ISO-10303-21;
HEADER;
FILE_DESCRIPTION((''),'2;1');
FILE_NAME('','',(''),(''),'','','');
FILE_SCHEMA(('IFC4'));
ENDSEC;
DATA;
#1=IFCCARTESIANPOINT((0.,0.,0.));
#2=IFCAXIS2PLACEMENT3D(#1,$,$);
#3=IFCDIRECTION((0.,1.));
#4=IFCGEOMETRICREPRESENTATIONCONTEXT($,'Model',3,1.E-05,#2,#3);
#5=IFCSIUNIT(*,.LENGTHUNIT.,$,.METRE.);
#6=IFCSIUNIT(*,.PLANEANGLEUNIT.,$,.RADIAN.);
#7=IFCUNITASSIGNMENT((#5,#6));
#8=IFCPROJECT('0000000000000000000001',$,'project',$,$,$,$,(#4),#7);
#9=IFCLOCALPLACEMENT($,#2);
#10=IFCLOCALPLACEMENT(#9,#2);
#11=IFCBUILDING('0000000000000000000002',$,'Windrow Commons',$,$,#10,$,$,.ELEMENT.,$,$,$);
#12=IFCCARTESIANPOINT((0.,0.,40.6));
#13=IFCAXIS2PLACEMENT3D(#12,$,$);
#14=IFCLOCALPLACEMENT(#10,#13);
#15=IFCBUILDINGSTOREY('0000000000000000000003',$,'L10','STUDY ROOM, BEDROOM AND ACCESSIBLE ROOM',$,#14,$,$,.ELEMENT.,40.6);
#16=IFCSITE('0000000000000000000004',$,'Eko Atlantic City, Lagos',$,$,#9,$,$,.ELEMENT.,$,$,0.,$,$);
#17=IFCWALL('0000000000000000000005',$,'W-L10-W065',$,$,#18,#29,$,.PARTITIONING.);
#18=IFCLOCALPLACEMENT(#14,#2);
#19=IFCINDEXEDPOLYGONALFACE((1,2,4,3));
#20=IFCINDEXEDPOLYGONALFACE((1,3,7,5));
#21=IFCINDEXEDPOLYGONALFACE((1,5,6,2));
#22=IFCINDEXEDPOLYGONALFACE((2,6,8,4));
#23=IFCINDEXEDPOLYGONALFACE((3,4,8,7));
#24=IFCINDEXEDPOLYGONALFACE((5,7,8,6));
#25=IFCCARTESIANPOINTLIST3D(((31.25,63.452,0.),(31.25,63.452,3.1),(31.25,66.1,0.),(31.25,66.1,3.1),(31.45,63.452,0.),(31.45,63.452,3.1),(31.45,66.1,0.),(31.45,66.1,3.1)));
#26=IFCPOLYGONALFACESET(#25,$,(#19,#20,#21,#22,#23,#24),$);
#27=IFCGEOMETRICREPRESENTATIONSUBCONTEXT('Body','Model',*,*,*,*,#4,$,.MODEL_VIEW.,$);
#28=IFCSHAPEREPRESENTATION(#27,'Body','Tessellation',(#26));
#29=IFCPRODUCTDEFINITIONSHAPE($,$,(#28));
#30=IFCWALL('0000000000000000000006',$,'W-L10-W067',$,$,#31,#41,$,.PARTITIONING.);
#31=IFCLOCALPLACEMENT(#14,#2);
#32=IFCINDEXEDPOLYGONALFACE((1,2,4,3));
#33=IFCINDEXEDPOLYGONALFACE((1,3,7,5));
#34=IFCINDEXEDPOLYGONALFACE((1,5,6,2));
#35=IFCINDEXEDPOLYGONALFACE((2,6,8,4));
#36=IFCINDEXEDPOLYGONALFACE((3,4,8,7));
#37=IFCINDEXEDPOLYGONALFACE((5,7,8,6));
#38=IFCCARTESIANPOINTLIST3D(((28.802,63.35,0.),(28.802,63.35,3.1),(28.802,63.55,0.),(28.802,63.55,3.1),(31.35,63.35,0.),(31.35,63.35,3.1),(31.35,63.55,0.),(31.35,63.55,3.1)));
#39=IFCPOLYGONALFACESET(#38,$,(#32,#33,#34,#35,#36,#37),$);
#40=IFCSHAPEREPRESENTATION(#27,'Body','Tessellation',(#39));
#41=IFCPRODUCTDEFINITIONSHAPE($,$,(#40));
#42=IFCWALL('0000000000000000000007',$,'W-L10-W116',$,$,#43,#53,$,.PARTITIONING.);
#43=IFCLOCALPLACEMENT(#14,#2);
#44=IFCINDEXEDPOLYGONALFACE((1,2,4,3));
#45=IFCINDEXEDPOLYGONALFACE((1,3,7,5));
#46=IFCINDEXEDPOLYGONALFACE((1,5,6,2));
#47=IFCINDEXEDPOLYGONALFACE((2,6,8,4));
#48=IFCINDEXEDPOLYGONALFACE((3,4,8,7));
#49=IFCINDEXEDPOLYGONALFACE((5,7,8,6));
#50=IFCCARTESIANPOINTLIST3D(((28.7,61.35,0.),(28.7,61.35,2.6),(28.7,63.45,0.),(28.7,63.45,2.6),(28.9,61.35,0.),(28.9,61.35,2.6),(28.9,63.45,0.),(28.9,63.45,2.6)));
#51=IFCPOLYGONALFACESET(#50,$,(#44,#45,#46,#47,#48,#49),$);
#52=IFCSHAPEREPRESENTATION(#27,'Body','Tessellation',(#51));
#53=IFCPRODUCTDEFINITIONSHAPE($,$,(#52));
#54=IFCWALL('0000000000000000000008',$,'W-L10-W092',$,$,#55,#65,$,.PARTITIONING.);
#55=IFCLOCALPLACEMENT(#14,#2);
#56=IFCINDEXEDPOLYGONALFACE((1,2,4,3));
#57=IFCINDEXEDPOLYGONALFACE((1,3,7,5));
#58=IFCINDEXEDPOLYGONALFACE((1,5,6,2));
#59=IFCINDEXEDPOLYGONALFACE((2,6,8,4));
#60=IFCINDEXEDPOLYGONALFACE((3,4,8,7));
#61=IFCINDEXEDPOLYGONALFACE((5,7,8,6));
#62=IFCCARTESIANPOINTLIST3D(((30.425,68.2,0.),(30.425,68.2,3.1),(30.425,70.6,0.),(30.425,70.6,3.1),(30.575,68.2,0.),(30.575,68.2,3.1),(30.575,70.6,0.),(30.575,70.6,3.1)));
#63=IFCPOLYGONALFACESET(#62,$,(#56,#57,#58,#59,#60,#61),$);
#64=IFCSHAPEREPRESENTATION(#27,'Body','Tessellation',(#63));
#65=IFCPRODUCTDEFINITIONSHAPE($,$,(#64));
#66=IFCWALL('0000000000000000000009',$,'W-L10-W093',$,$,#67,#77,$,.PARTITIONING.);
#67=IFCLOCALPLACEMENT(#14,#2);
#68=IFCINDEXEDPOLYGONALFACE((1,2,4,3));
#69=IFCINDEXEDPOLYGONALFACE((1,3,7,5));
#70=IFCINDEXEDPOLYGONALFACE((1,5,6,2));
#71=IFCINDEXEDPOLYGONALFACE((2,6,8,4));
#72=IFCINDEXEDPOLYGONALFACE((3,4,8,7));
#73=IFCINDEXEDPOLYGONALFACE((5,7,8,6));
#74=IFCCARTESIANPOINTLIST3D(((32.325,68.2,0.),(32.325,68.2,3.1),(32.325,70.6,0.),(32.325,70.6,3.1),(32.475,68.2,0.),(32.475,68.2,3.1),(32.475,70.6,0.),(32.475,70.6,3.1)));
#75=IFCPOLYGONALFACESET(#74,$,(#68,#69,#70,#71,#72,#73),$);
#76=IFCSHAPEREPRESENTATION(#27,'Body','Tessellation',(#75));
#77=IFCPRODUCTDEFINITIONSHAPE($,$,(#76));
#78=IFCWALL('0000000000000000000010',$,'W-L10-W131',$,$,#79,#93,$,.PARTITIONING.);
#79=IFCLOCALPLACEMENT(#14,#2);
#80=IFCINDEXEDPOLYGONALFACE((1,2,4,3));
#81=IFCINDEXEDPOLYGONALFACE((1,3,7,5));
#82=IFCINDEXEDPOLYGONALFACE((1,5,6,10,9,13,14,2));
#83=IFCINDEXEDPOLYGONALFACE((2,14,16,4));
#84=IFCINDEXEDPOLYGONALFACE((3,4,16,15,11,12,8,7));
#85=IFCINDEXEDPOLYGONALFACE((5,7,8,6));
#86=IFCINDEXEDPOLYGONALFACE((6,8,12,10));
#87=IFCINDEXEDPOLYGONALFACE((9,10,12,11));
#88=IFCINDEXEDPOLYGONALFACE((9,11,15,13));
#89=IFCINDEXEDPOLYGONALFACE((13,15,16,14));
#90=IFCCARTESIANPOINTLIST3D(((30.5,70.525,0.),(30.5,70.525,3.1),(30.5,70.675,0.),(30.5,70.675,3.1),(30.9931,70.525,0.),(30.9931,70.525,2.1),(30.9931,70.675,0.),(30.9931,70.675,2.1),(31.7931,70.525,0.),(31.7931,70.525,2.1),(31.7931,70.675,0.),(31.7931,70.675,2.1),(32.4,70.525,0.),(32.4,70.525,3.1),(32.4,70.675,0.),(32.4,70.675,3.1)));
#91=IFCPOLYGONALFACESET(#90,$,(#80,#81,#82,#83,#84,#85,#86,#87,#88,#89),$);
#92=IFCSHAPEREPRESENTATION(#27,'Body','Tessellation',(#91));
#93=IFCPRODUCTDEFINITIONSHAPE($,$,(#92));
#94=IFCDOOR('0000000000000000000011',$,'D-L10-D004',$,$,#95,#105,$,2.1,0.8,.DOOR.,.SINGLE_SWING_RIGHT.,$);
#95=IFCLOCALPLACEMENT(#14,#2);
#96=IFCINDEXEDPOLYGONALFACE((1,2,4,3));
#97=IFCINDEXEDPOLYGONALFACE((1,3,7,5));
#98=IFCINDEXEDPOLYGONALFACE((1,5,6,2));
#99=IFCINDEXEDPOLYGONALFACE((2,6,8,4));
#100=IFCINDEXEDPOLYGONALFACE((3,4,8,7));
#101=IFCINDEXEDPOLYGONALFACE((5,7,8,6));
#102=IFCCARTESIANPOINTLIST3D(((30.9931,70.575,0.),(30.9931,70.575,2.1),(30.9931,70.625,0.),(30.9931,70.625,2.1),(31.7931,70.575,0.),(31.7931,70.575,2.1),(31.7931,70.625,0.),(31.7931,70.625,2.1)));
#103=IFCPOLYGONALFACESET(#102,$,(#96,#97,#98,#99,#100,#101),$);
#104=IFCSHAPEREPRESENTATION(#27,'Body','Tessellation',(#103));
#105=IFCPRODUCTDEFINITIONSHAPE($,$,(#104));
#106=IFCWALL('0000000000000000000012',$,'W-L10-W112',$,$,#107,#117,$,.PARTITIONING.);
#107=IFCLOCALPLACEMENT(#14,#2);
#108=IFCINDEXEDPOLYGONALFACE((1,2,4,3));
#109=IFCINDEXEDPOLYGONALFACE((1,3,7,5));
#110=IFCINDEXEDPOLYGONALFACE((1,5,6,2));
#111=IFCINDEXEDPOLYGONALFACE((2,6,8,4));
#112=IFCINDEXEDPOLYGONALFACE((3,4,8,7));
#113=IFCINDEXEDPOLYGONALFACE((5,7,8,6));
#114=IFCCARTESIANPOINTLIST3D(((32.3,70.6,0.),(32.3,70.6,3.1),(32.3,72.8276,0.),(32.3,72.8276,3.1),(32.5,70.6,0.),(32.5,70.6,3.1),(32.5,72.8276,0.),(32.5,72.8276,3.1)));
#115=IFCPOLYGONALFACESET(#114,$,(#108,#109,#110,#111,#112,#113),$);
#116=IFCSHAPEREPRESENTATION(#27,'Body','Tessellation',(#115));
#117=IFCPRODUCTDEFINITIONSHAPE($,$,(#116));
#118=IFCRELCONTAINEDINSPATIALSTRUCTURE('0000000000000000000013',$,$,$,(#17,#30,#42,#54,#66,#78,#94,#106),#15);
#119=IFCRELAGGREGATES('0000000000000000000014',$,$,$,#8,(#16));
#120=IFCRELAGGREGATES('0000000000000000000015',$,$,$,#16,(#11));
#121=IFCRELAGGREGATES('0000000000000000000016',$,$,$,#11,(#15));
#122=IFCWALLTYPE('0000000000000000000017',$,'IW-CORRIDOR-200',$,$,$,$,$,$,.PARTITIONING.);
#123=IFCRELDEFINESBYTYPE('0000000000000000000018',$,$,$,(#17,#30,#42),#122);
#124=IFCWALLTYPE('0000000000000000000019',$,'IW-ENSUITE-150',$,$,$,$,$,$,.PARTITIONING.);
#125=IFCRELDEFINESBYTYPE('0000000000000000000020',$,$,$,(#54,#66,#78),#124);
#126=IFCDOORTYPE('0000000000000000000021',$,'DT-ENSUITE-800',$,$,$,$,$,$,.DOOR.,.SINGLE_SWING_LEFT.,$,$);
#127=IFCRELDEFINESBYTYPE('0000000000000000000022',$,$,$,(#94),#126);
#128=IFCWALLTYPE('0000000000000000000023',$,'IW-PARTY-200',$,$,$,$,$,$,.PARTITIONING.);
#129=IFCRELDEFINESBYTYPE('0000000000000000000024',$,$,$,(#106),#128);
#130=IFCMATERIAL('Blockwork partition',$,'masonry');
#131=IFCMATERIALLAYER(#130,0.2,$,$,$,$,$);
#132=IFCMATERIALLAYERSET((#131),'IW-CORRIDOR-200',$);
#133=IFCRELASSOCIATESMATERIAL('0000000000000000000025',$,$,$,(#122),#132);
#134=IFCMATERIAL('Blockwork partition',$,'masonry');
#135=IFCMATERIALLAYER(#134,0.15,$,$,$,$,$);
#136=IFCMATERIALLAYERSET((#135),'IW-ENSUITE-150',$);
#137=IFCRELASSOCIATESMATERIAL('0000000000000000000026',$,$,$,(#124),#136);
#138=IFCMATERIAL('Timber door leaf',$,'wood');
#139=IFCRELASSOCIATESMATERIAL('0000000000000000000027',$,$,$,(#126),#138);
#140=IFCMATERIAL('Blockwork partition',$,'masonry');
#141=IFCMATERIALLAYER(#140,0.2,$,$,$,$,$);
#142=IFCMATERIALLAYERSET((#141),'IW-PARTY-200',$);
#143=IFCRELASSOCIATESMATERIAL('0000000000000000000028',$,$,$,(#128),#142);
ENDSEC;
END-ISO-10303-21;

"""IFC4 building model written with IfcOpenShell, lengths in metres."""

from ifc_helpers import new_model, si_unit, direction, frame, frame_2d, origin, place, context, subcontext, project, spatial, rectangle, extrude, material, layer, layer_set, type_object, element, fill, save


model = new_model("IFC4")

# Units and contexts
model_context = context("Model", 3, precision=1e-05, world=origin(), true_north=direction((0.0, 1.0)))
body_context = subcontext(model_context, "Body", "Model", "MODEL_VIEW")
ifc_project = project(units=[si_unit("LENGTHUNIT", "METRE"), si_unit("PLANEANGLEUNIT", "RADIAN")], contexts=[model_context])

# Site, building, storey
site_placement = place(None, origin())
site = spatial("IfcSite", under=ifc_project, at=site_placement, Name="Eko Atlantic City, Lagos", CompositionType="ELEMENT", RefElevation=0.0)
building_placement = place(site_placement, origin())
building = spatial("IfcBuilding", under=site, at=building_placement, Name="Windrow Commons", CompositionType="ELEMENT")
storey_placement = place(building_placement, frame((0.0, 0.0, 40.6)))
storey = spatial("IfcBuildingStorey", under=building, at=storey_placement, Name="L10", Description="STUDY ROOM, BEDROOM AND ACCESSIBLE ROOM", CompositionType="ELEMENT", Elevation=40.6)

# Walls
ifc_material_1 = material(Name="Blockwork partition", Category="masonry")
ifc_layer_1 = layer(ifc_material_1, 0.2)
ifc_layer_set_1 = layer_set([ifc_layer_1], Name="IW-CORRIDOR-200")
wall_type_1 = type_object("IfcWallType", Name="IW-CORRIDOR-200", PredefinedType="PARTITIONING", material=ifc_layer_set_1)
wall_1_placement = place(storey_placement, frame((31.35, 63.452, 0.0), z_axis=(0.0, 0.0, 1.0), x_axis=(0.0, 1.0, 0.0)))
element("IfcWall", 1, at=wall_1_placement, inside=storey, type_object=wall_type_1, Name="W-L10-W065", PredefinedType="PARTITIONING", context=body_context, shape_type="SweptSolid", body=[
    extrude(rectangle(XDim=2.648, YDim=0.2, at=frame_2d((1.324, 0.0))), origin(), (0.0, 0.0, 1.0), 3.1),
])
wall_2_placement = place(storey_placement, frame((28.802, 63.45, 0.0), z_axis=(0.0, 0.0, 1.0), x_axis=(1.0, 0.0, 0.0)))
element("IfcWall", 2, at=wall_2_placement, inside=storey, type_object=wall_type_1, Name="W-L10-W067", PredefinedType="PARTITIONING", context=body_context, shape_type="SweptSolid", body=[
    extrude(rectangle(XDim=2.548, YDim=0.2, at=frame_2d((1.274, 0.0))), origin(), (0.0, 0.0, 1.0), 3.1),
])
wall_3_placement = place(storey_placement, frame((28.8, 61.35, 0.0), z_axis=(0.0, 0.0, 1.0), x_axis=(0.0, 1.0, 0.0)))
element("IfcWall", 3, at=wall_3_placement, inside=storey, type_object=wall_type_1, Name="W-L10-W116", PredefinedType="PARTITIONING", context=body_context, shape_type="SweptSolid", body=[
    extrude(rectangle(XDim=2.1, YDim=0.2, at=frame_2d((1.05, 0.0))), origin(), (0.0, 0.0, 1.0), 2.6),
])
ifc_material_2 = material(Name="Blockwork partition", Category="masonry")
ifc_layer_2 = layer(ifc_material_2, 0.15)
ifc_layer_set_2 = layer_set([ifc_layer_2], Name="IW-ENSUITE-150")
wall_type_2 = type_object("IfcWallType", Name="IW-ENSUITE-150", PredefinedType="PARTITIONING", material=ifc_layer_set_2)
for number, where, z_axis, x_axis, name in (
    (4, (30.5, 68.2, 0.0), (0.0, 0.0, 1.0), (0.0, 1.0, 0.0), "W-L10-W092"),
    (5, (32.4, 68.2, 0.0), (0.0, 0.0, 1.0), (0.0, 1.0, 0.0), "W-L10-W093"),
):
    element("IfcWall", number, at=place(storey_placement, frame(where, z_axis=z_axis, x_axis=x_axis)), inside=storey, type_object=wall_type_2, Name=name, PredefinedType="PARTITIONING", context=body_context, shape_type="SweptSolid", body=[
        extrude(rectangle(XDim=2.4, YDim=0.15, at=frame_2d((1.2, 0.0))), origin(), (0.0, 0.0, 1.0), 3.1),
    ])

# Wall, opening, door
wall_4_placement = place(storey_placement, frame((30.5, 70.6, 0.0), z_axis=(0.0, 0.0, 1.0), x_axis=(1.0, 0.0, 0.0)))
wall_4 = element("IfcWall", 6, at=wall_4_placement, inside=storey, type_object=wall_type_2, Name="W-L10-W131", PredefinedType="PARTITIONING", context=body_context, shape_type="SweptSolid", body=[
    extrude(rectangle(XDim=1.9, YDim=0.15, at=frame_2d((0.95, 0.0))), origin(), (0.0, 0.0, 1.0), 3.1),
])
opening_1_placement = place(wall_4_placement, frame((0.4931, 0.0, 0.0)))
opening_1 = element("IfcOpeningElement", 7, at=opening_1_placement, cuts=wall_4, PredefinedType="OPENING", context=body_context, shape_type="SweptSolid", body=[
    extrude(rectangle(XDim=0.8, YDim=2.1, at=frame_2d((0.4, 1.05))), frame((0.0, 0.085, 0.0), z_axis=(0.0, -1.0, 0.0), x_axis=(1.0, 0.0, 0.0)), (0.0, 0.0, 1.0), 0.17),
])
ifc_material_3 = material(Name="Timber door leaf", Category="wood")
door_type = type_object("IfcDoorType", Name="DT-ENSUITE-800", OperationType="SINGLE_SWING_LEFT", PredefinedType="DOOR", material=ifc_material_3)
door_placement = place(opening_1_placement, origin())
door = element("IfcDoor", 8, at=door_placement, inside=storey, type_object=door_type, Name="D-L10-D004", OperationType="SINGLE_SWING_RIGHT", OverallHeight=2.1, OverallWidth=0.8, PredefinedType="DOOR", context=body_context, shape_type="SweptSolid", body=[
    extrude(rectangle(XDim=0.8, YDim=2.1, at=frame_2d((0.4, 1.05))), frame((0.0, 0.025, 0.0), z_axis=(0.0, -1.0, 0.0), x_axis=(1.0, 0.0, 0.0)), (0.0, 0.0, 1.0), 0.05),
])
fill(opening_1, door)

# Wall
ifc_material_4 = material(Name="Blockwork partition", Category="masonry")
ifc_layer_3 = layer(ifc_material_4, 0.2)
ifc_layer_set_3 = layer_set([ifc_layer_3], Name="IW-PARTY-200")
wall_type_3 = type_object("IfcWallType", Name="IW-PARTY-200", PredefinedType="PARTITIONING", material=ifc_layer_set_3)
wall_5_placement = place(storey_placement, frame((32.4, 70.6, 0.0), z_axis=(0.0, 0.0, 1.0), x_axis=(0.0, 1.0, 0.0)))
element("IfcWall", 9, at=wall_5_placement, inside=storey, type_object=wall_type_3, Name="W-L10-W112", PredefinedType="PARTITIONING", context=body_context, shape_type="SweptSolid", body=[
    extrude(rectangle(XDim=2.2276, YDim=0.2, at=frame_2d((1.1138, 0.0))), origin(), (0.0, 0.0, 1.0), 3.1),
])

save(model, "model.ifc")
